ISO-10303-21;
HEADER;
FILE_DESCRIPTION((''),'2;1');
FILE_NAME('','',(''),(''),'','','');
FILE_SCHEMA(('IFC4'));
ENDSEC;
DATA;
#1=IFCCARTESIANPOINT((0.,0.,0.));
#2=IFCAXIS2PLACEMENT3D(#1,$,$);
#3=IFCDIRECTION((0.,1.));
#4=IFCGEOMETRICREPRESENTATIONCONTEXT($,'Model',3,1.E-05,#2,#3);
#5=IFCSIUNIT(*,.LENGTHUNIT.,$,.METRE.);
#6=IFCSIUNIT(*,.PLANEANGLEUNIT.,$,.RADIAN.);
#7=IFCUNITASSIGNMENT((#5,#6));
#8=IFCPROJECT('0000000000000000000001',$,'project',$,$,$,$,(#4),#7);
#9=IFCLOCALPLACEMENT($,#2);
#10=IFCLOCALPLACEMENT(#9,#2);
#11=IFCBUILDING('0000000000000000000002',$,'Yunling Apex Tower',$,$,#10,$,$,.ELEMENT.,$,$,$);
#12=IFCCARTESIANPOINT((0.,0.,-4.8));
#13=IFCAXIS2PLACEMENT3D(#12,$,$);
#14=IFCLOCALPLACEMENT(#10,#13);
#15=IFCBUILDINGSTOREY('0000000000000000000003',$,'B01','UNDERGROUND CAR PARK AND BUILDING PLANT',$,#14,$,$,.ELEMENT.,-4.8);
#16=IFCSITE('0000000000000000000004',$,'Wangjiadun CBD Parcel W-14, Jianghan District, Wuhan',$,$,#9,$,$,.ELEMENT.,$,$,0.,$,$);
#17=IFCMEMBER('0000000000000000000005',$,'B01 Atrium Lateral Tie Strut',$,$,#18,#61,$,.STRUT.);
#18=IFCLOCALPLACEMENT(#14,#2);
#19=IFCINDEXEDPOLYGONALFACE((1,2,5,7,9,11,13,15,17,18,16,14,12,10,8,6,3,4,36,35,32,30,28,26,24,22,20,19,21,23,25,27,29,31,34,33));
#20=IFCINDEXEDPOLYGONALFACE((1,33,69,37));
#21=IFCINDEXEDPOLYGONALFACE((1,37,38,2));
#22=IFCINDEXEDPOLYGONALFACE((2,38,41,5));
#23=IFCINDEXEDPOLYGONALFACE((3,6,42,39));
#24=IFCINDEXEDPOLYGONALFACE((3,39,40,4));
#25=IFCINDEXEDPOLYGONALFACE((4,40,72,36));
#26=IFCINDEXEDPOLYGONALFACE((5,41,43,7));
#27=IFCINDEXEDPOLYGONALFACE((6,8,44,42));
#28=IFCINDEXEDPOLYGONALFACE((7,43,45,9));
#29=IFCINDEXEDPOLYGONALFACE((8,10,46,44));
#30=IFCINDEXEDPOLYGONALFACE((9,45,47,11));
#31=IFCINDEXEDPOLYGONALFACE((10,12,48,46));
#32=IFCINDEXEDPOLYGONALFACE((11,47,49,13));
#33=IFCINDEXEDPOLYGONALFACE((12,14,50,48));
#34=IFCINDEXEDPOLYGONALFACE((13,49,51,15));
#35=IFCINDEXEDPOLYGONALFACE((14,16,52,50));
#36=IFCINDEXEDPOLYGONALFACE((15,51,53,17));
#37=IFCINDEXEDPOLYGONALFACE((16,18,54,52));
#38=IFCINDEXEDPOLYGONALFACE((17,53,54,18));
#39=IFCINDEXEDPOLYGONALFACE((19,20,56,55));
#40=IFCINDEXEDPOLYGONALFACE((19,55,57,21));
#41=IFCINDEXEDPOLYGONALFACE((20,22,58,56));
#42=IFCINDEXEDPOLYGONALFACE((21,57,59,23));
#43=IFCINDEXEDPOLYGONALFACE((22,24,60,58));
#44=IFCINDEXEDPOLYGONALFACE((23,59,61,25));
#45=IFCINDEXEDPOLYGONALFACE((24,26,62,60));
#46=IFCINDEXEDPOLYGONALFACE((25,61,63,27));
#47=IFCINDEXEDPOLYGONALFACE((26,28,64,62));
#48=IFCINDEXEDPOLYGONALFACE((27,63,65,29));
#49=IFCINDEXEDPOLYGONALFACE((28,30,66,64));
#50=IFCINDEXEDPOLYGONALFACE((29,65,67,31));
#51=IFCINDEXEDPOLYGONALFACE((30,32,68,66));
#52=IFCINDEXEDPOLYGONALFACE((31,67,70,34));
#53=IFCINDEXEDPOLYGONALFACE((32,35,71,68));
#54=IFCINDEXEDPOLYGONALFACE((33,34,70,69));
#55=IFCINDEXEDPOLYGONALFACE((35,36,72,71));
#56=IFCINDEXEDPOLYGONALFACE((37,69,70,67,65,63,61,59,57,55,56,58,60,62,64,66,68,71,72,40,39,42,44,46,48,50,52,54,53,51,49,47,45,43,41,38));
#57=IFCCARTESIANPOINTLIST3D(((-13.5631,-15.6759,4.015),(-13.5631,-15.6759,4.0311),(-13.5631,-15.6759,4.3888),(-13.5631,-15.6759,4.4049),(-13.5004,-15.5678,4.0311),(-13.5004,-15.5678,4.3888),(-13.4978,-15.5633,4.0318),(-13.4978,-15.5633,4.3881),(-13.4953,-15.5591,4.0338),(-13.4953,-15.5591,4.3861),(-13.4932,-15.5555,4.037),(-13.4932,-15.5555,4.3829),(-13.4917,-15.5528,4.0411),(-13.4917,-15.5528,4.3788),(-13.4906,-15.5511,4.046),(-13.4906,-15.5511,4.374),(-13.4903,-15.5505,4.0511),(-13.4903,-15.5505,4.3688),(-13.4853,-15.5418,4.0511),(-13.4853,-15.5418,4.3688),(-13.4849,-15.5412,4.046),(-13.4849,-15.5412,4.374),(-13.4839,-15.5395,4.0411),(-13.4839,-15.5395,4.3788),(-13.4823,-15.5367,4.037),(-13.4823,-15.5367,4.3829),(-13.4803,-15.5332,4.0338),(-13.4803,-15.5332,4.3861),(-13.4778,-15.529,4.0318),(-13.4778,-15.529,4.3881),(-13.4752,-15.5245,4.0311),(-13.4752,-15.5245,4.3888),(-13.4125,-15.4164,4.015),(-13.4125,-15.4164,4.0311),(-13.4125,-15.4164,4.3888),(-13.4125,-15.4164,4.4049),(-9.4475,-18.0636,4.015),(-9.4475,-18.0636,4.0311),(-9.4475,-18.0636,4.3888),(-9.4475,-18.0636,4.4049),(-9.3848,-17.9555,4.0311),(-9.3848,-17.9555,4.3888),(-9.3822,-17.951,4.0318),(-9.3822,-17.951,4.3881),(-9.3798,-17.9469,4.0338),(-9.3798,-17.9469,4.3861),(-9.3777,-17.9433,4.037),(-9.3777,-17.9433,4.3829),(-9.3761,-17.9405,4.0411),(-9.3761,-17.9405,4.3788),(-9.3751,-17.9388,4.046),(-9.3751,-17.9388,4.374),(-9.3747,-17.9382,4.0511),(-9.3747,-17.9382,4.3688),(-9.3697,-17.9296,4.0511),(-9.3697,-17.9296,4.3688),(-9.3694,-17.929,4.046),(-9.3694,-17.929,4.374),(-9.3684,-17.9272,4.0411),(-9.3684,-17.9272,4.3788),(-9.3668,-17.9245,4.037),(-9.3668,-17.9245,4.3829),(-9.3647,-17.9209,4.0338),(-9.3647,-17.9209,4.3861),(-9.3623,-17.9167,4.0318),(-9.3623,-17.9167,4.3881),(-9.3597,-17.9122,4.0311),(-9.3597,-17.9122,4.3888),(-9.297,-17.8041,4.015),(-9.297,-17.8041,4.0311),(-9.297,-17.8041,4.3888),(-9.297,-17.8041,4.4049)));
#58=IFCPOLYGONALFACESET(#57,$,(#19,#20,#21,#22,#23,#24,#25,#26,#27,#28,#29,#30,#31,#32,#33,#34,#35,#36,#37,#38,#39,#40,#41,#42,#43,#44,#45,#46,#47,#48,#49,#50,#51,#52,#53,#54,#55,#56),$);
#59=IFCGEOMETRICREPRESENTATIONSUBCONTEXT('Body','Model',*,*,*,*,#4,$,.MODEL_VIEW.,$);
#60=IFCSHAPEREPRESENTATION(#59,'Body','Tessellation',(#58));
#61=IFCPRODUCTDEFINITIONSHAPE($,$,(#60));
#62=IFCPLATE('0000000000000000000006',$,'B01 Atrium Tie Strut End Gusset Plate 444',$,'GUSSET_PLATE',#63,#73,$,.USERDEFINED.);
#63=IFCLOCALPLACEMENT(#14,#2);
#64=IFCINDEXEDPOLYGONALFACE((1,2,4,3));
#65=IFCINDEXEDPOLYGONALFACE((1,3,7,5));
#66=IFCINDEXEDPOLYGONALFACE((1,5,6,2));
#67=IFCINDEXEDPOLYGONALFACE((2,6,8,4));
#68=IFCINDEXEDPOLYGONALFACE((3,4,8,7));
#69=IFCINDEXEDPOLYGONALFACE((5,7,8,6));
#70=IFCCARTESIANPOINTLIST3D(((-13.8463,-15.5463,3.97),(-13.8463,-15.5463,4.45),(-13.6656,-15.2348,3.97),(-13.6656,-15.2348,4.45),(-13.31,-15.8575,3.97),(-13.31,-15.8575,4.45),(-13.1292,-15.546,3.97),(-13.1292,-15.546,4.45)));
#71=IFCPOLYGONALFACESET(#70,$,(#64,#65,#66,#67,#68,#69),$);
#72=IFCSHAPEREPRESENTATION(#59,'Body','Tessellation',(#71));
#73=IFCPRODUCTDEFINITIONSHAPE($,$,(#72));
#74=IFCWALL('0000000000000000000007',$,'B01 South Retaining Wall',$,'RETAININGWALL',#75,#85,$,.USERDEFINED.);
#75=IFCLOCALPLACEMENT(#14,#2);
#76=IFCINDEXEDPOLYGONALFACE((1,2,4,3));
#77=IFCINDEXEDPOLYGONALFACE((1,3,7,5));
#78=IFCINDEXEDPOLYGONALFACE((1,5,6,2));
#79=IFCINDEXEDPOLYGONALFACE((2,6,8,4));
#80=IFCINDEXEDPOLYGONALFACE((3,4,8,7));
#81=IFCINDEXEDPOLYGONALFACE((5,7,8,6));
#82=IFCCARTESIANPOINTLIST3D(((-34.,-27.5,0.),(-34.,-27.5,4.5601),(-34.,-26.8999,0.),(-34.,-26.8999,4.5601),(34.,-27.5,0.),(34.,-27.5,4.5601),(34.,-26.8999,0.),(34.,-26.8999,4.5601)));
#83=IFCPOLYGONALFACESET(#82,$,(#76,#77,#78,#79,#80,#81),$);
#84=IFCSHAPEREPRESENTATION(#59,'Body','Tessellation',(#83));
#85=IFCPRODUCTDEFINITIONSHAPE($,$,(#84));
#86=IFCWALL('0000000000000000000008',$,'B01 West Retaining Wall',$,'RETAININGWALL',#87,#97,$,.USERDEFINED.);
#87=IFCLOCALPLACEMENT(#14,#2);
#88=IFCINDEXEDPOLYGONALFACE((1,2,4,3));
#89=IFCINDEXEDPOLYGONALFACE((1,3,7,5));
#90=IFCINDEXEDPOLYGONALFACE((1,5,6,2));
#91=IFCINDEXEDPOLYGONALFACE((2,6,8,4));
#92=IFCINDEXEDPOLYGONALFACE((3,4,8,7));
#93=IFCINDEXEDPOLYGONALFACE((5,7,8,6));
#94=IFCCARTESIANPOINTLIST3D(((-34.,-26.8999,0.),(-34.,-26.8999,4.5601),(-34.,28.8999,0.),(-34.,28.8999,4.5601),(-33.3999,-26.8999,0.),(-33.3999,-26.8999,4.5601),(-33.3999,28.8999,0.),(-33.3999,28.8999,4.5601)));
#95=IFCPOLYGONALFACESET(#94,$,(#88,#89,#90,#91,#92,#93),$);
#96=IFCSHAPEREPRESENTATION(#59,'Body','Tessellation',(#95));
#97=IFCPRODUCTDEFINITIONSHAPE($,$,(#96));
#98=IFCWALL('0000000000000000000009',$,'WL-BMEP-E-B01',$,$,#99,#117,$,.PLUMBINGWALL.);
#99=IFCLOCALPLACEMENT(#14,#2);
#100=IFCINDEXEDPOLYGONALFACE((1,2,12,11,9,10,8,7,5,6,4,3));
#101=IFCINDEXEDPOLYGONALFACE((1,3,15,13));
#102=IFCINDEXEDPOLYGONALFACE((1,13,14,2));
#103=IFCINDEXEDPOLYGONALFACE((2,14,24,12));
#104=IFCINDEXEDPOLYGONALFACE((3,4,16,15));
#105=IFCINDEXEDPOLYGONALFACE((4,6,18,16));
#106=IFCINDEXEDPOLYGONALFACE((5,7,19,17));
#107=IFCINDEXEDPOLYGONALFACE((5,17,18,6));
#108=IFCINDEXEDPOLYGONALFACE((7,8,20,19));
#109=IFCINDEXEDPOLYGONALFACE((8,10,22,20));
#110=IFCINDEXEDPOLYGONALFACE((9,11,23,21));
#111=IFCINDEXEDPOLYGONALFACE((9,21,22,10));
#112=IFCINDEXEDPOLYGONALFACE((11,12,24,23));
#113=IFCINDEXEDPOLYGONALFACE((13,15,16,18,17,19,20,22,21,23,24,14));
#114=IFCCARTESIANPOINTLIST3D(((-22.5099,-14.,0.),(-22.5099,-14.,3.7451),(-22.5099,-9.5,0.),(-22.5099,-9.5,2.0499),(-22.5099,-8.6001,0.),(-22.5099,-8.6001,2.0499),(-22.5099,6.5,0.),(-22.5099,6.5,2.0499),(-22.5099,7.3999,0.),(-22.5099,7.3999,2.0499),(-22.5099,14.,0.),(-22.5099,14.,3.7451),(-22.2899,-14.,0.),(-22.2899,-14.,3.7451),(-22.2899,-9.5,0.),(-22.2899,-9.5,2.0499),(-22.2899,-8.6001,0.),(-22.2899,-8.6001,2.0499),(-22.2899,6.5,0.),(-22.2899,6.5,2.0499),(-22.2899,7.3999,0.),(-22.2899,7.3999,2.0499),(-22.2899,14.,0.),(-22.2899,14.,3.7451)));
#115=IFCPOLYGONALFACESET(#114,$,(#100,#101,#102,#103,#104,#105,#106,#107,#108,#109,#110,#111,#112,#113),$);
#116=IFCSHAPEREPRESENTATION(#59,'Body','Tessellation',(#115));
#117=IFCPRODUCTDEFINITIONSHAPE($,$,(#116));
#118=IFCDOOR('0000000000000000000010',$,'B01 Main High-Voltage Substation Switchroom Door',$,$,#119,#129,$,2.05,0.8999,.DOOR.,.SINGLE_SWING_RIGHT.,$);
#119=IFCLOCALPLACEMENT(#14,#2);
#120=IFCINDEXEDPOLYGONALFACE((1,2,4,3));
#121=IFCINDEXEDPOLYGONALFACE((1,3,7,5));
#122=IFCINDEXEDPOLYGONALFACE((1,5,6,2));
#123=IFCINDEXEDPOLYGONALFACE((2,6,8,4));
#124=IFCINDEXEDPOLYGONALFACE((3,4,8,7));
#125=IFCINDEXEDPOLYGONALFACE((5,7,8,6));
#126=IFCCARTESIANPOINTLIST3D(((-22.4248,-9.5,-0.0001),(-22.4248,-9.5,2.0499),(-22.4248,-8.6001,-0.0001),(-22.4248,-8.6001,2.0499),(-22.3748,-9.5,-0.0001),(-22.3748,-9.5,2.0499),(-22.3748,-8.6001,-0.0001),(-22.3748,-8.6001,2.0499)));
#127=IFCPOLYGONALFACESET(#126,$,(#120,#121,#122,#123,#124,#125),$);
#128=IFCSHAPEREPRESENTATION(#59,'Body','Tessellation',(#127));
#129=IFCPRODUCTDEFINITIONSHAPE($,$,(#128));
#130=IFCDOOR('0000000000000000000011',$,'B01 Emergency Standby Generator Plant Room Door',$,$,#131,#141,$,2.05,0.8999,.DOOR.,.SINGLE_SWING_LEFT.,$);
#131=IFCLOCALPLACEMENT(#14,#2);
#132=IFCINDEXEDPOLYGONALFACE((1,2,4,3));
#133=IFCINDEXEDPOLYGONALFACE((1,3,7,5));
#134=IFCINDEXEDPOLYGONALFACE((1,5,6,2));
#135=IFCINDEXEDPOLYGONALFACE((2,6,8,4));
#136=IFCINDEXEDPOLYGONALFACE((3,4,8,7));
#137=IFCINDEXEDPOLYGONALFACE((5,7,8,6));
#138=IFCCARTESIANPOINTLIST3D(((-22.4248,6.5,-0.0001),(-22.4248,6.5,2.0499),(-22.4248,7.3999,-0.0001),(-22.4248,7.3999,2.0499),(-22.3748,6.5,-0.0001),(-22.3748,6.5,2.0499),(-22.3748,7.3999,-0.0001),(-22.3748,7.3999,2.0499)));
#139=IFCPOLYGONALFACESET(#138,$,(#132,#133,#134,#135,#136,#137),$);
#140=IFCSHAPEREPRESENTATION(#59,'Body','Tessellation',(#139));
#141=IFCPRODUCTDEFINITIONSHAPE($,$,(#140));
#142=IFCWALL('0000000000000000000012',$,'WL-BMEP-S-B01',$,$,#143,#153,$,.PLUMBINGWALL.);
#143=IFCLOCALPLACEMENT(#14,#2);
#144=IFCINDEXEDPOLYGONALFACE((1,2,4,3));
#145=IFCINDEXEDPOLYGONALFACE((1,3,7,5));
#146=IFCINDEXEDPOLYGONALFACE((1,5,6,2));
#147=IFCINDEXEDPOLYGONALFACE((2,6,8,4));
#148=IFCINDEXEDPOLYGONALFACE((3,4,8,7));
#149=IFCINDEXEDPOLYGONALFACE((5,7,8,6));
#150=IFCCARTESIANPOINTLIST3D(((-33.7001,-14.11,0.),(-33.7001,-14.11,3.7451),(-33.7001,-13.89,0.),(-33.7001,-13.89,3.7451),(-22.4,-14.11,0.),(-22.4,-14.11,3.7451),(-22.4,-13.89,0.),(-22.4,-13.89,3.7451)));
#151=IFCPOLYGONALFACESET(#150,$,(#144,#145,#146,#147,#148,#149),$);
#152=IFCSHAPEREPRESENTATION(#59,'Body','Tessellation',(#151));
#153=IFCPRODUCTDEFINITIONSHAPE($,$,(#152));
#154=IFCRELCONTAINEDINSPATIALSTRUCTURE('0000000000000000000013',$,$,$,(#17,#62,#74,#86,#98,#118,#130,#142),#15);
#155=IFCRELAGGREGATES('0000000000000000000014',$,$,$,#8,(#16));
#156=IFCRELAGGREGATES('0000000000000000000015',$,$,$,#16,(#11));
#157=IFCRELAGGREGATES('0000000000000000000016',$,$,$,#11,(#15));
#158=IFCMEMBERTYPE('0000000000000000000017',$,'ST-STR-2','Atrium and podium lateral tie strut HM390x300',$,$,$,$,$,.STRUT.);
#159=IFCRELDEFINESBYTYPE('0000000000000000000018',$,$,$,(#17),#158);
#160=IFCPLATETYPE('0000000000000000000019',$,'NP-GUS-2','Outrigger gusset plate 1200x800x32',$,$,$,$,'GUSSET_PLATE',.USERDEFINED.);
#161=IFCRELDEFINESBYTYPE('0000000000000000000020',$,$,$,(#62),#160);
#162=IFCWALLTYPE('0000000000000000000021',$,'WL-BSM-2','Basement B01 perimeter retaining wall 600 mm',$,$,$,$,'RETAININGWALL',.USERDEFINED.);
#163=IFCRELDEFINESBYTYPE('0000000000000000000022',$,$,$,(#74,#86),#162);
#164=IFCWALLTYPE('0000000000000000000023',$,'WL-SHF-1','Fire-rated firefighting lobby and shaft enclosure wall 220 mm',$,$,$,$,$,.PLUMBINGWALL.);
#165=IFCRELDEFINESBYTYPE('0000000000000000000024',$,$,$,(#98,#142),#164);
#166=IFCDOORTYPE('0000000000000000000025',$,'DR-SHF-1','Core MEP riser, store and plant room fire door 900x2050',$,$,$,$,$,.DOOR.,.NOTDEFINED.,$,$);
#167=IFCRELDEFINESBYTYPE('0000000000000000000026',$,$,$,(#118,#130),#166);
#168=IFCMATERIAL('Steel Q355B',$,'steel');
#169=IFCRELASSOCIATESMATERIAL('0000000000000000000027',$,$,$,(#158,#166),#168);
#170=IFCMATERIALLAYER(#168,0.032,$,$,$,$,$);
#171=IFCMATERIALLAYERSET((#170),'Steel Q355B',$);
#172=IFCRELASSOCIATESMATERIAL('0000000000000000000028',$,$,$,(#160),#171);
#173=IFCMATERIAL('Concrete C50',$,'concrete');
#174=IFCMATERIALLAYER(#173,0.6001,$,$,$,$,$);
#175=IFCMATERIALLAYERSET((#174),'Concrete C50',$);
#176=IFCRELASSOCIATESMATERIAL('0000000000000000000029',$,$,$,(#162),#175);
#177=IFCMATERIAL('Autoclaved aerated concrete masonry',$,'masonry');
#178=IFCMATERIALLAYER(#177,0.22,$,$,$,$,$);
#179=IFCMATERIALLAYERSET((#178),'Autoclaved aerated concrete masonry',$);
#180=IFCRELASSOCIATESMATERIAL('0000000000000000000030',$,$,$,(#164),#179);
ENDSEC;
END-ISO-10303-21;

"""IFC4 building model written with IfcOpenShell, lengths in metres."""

from ifc_helpers import new_model, si_unit, direction, frame, frame_2d, origin, origin_2d, place, context, subcontext, project, spatial, rectangle, i_section, extrude, source, transform, mapped, material, layer, layer_set, material_profile, profile_set, type_object, element, fill, save


model = new_model("IFC4")

# Units and contexts
model_context = context("Model", 3, precision=1e-05, world=origin(), true_north=direction((0.0, 1.0)))
body_context = subcontext(model_context, "Body", "Model", "MODEL_VIEW")
ifc_project = project(units=[si_unit("LENGTHUNIT", "METRE"), si_unit("PLANEANGLEUNIT", "RADIAN")], contexts=[model_context])

# Site, building, storey
site_placement = place(None, origin())
site = spatial("IfcSite", under=ifc_project, at=site_placement, Name="Wangjiadun CBD Parcel W-14, Jianghan District, Wuhan", CompositionType="ELEMENT", RefElevation=0.0)
building_placement = place(site_placement, origin())
building = spatial("IfcBuilding", under=site, at=building_placement, Name="Yunling Apex Tower", CompositionType="ELEMENT")
storey_placement = place(building_placement, frame((0.0, 0.0, -4.8)))
storey = spatial("IfcBuildingStorey", under=building, at=storey_placement, Name="B01", Description="UNDERGROUND CAR PARK AND BUILDING PLANT", CompositionType="ELEMENT", Elevation=-4.8)

# Shared definitions
ifc_material_1 = material(Name="Steel Q355B", Category="steel")

# Member
ifc_material_profile_1 = material_profile(ifc_material_1, i_section(OverallWidth=0.3, OverallDepth=0.3899, WebThickness=0.01, FlangeThickness=0.0161, FilletRadius=0.02, at=origin_2d()))
ifc_profile_set_1 = profile_set([ifc_material_profile_1], Name="Steel Q355B")
member_type = type_object("IfcMemberType", Name="ST-STR-2", Description="Atrium and podium lateral tie strut HM390x300", PredefinedType="STRUT", material=ifc_profile_set_1)
shared_shape_1 = source(origin(), body_context, "Body", "SweptSolid", [
    extrude(i_section(OverallWidth=0.3, OverallDepth=0.3899, WebThickness=0.01, FlangeThickness=0.0161, FilletRadius=0.02, at=origin_2d()), origin(), (0.0, 0.0, 1.0), 4.7581),
])
member_placement = place(storey_placement, frame((-13.4878, -15.5461, 4.21), z_axis=(0.864966, -0.501831, 0.0), x_axis=(0.501831, 0.864966, 0.0)))
element("IfcMember", 1, at=member_placement, inside=storey, type_object=member_type, Name="B01 Atrium Lateral Tie Strut", PredefinedType="STRUT", context=body_context, shape_type="MappedRepresentation", body=[
    mapped(shared_shape_1, transform((0.0, 0.0, 0.0), scale=1.0)),
])

# Plate
ifc_layer_1 = layer(ifc_material_1, 0.032)
ifc_layer_set_1 = layer_set([ifc_layer_1], Name="Steel Q355B")
plate_type = type_object("IfcPlateType", Name="NP-GUS-2", Description="Outrigger gusset plate 1200x800x32", ElementType="GUSSET_PLATE", PredefinedType="USERDEFINED", material=ifc_layer_set_1)
shared_shape_2 = source(origin(), body_context, "Body", "SweptSolid", [
    extrude(rectangle(XDim=0.6201, YDim=0.3601, at=origin_2d()), origin(), (0.0, 0.0, 1.0), 0.48),
])
plate_placement = place(storey_placement, frame((-13.4878, -15.5461, 3.97), z_axis=(0.0, 0.0, 1.0), x_axis=(0.864976, -0.501813, 0.0)))
element("IfcPlate", 2, at=plate_placement, inside=storey, type_object=plate_type, Name="B01 Atrium Tie Strut End Gusset Plate 444", ObjectType="GUSSET_PLATE", PredefinedType="USERDEFINED", context=body_context, shape_type="MappedRepresentation", body=[
    mapped(shared_shape_2, transform((0.0, 0.0, 0.0), scale=1.0)),
])

# Walls
ifc_material_2 = material(Name="Concrete C50", Category="concrete")
ifc_layer_2 = layer(ifc_material_2, 0.6001)
ifc_layer_set_2 = layer_set([ifc_layer_2], Name="Concrete C50")
wall_type_1 = type_object("IfcWallType", Name="WL-BSM-2", Description="Basement B01 perimeter retaining wall 600 mm", ElementType="RETAININGWALL", PredefinedType="USERDEFINED", material=ifc_layer_set_2)
wall_1_placement = place(storey_placement, frame((-34.0, -27.2, 0.0), z_axis=(0.0, 0.0, 1.0), x_axis=(1.0, 0.0, 0.0)))
element("IfcWall", 3, at=wall_1_placement, inside=storey, type_object=wall_type_1, Name="B01 South Retaining Wall", ObjectType="RETAININGWALL", PredefinedType="USERDEFINED", context=body_context, shape_type="SweptSolid", body=[
    extrude(rectangle(XDim=68.0, YDim=0.6001, at=frame_2d((34.0, 0.0))), origin(), (0.0, 0.0, 1.0), 4.5601),
])
wall_2_placement = place(storey_placement, frame((-33.7, -26.8999, 0.0), z_axis=(0.0, 0.0, 1.0), x_axis=(0.0, 1.0, 0.0)))
element("IfcWall", 4, at=wall_2_placement, inside=storey, type_object=wall_type_1, Name="B01 West Retaining Wall", ObjectType="RETAININGWALL", PredefinedType="USERDEFINED", context=body_context, shape_type="SweptSolid", body=[
    extrude(rectangle(XDim=55.7998, YDim=0.6001, at=frame_2d((27.8999, 0.0))), origin(), (0.0, 0.0, 1.0), 4.5601),
])

# Wall, openings, doors
ifc_material_3 = material(Name="Autoclaved aerated concrete masonry", Category="masonry")
ifc_layer_3 = layer(ifc_material_3, 0.22)
ifc_layer_set_3 = layer_set([ifc_layer_3], Name="Autoclaved aerated concrete masonry")
wall_type_2 = type_object("IfcWallType", Name="WL-SHF-1", Description="Fire-rated firefighting lobby and shaft enclosure wall 220 mm", PredefinedType="PLUMBINGWALL", material=ifc_layer_set_3)
wall_3_placement = place(storey_placement, frame((-22.3999, -14.0, 0.0), z_axis=(0.0, 0.0, 1.0), x_axis=(0.0, 1.0, 0.0)))
wall_3 = element("IfcWall", 5, at=wall_3_placement, inside=storey, type_object=wall_type_2, Name="WL-BMEP-E-B01", PredefinedType="PLUMBINGWALL", context=body_context, shape_type="SweptSolid", body=[
    extrude(rectangle(XDim=28.0, YDim=0.22, at=frame_2d((14.0, 0.0))), origin(), (0.0, 0.0, 1.0), 3.7451),
])
opening_1_placement = place(wall_3_placement, frame((4.5, 0.0, 0.0)))
opening_1 = element("IfcOpeningElement", 6, at=opening_1_placement, cuts=wall_3, PredefinedType="OPENING", context=body_context, shape_type="SweptSolid", body=[
    extrude(rectangle(XDim=0.8999, YDim=2.05, at=frame_2d((0.45, 1.0249))), frame((0.0, 0.1201, 0.0), z_axis=(0.0, -1.0, 0.0), x_axis=(1.0, 0.0, 0.0)), (0.0, 0.0, 1.0), 0.24),
])
opening_2_placement = place(wall_3_placement, frame((20.5, 0.0, 0.0)))
opening_2 = element("IfcOpeningElement", 7, at=opening_2_placement, cuts=wall_3, PredefinedType="OPENING", context=body_context, shape_type="SweptSolid", body=[
    extrude(rectangle(XDim=0.8999, YDim=2.05, at=frame_2d((0.45, 1.0249))), frame((0.0, 0.1201, 0.0), z_axis=(0.0, -1.0, 0.0), x_axis=(1.0, 0.0, 0.0)), (0.0, 0.0, 1.0), 0.24),
])
door_type = type_object("IfcDoorType", Name="DR-SHF-1", Description="Core MEP riser, store and plant room fire door 900x2050", OperationType="NOTDEFINED", PredefinedType="DOOR", material=ifc_material_1)
door_1_placement = place(opening_1_placement, origin())
door_1 = element("IfcDoor", 8, at=door_1_placement, inside=storey, type_object=door_type, Name="B01 Main High-Voltage Substation Switchroom Door", OperationType="SINGLE_SWING_RIGHT", OverallHeight=2.05, OverallWidth=0.8999, PredefinedType="DOOR", context=body_context, shape_type="SweptSolid", body=[
    extrude(rectangle(XDim=0.8999, YDim=2.05, at=frame_2d((0.45, 1.0249))), frame((0.0, 0.0249, 0.0), z_axis=(0.0, -1.0, 0.0), x_axis=(1.0, 0.0, 0.0)), (0.0, 0.0, 1.0), 0.05),
])
fill(opening_1, door_1)
door_2_placement = place(opening_2_placement, origin())
door_2 = element("IfcDoor", 9, at=door_2_placement, inside=storey, type_object=door_type, Name="B01 Emergency Standby Generator Plant Room Door", OperationType="SINGLE_SWING_LEFT", OverallHeight=2.05, OverallWidth=0.8999, PredefinedType="DOOR", context=body_context, shape_type="SweptSolid", body=[
    extrude(rectangle(XDim=0.8999, YDim=2.05, at=frame_2d((0.45, 1.0249))), frame((0.0, 0.0249, 0.0), z_axis=(0.0, -1.0, 0.0), x_axis=(1.0, 0.0, 0.0)), (0.0, 0.0, 1.0), 0.05),
])
fill(opening_2, door_2)

# Wall
wall_4_placement = place(storey_placement, frame((-33.7, -14.0, 0.0), z_axis=(0.0, 0.0, 1.0), x_axis=(1.0, 0.0, 0.0)))
element("IfcWall", 10, at=wall_4_placement, inside=storey, type_object=wall_type_2, Name="WL-BMEP-S-B01", PredefinedType="PLUMBINGWALL", context=body_context, shape_type="SweptSolid", body=[
    extrude(rectangle(XDim=11.3, YDim=0.22, at=frame_2d((5.6499, 0.0))), origin(), (0.0, 0.0, 1.0), 3.7451),
])

save(model, "model.ifc")
